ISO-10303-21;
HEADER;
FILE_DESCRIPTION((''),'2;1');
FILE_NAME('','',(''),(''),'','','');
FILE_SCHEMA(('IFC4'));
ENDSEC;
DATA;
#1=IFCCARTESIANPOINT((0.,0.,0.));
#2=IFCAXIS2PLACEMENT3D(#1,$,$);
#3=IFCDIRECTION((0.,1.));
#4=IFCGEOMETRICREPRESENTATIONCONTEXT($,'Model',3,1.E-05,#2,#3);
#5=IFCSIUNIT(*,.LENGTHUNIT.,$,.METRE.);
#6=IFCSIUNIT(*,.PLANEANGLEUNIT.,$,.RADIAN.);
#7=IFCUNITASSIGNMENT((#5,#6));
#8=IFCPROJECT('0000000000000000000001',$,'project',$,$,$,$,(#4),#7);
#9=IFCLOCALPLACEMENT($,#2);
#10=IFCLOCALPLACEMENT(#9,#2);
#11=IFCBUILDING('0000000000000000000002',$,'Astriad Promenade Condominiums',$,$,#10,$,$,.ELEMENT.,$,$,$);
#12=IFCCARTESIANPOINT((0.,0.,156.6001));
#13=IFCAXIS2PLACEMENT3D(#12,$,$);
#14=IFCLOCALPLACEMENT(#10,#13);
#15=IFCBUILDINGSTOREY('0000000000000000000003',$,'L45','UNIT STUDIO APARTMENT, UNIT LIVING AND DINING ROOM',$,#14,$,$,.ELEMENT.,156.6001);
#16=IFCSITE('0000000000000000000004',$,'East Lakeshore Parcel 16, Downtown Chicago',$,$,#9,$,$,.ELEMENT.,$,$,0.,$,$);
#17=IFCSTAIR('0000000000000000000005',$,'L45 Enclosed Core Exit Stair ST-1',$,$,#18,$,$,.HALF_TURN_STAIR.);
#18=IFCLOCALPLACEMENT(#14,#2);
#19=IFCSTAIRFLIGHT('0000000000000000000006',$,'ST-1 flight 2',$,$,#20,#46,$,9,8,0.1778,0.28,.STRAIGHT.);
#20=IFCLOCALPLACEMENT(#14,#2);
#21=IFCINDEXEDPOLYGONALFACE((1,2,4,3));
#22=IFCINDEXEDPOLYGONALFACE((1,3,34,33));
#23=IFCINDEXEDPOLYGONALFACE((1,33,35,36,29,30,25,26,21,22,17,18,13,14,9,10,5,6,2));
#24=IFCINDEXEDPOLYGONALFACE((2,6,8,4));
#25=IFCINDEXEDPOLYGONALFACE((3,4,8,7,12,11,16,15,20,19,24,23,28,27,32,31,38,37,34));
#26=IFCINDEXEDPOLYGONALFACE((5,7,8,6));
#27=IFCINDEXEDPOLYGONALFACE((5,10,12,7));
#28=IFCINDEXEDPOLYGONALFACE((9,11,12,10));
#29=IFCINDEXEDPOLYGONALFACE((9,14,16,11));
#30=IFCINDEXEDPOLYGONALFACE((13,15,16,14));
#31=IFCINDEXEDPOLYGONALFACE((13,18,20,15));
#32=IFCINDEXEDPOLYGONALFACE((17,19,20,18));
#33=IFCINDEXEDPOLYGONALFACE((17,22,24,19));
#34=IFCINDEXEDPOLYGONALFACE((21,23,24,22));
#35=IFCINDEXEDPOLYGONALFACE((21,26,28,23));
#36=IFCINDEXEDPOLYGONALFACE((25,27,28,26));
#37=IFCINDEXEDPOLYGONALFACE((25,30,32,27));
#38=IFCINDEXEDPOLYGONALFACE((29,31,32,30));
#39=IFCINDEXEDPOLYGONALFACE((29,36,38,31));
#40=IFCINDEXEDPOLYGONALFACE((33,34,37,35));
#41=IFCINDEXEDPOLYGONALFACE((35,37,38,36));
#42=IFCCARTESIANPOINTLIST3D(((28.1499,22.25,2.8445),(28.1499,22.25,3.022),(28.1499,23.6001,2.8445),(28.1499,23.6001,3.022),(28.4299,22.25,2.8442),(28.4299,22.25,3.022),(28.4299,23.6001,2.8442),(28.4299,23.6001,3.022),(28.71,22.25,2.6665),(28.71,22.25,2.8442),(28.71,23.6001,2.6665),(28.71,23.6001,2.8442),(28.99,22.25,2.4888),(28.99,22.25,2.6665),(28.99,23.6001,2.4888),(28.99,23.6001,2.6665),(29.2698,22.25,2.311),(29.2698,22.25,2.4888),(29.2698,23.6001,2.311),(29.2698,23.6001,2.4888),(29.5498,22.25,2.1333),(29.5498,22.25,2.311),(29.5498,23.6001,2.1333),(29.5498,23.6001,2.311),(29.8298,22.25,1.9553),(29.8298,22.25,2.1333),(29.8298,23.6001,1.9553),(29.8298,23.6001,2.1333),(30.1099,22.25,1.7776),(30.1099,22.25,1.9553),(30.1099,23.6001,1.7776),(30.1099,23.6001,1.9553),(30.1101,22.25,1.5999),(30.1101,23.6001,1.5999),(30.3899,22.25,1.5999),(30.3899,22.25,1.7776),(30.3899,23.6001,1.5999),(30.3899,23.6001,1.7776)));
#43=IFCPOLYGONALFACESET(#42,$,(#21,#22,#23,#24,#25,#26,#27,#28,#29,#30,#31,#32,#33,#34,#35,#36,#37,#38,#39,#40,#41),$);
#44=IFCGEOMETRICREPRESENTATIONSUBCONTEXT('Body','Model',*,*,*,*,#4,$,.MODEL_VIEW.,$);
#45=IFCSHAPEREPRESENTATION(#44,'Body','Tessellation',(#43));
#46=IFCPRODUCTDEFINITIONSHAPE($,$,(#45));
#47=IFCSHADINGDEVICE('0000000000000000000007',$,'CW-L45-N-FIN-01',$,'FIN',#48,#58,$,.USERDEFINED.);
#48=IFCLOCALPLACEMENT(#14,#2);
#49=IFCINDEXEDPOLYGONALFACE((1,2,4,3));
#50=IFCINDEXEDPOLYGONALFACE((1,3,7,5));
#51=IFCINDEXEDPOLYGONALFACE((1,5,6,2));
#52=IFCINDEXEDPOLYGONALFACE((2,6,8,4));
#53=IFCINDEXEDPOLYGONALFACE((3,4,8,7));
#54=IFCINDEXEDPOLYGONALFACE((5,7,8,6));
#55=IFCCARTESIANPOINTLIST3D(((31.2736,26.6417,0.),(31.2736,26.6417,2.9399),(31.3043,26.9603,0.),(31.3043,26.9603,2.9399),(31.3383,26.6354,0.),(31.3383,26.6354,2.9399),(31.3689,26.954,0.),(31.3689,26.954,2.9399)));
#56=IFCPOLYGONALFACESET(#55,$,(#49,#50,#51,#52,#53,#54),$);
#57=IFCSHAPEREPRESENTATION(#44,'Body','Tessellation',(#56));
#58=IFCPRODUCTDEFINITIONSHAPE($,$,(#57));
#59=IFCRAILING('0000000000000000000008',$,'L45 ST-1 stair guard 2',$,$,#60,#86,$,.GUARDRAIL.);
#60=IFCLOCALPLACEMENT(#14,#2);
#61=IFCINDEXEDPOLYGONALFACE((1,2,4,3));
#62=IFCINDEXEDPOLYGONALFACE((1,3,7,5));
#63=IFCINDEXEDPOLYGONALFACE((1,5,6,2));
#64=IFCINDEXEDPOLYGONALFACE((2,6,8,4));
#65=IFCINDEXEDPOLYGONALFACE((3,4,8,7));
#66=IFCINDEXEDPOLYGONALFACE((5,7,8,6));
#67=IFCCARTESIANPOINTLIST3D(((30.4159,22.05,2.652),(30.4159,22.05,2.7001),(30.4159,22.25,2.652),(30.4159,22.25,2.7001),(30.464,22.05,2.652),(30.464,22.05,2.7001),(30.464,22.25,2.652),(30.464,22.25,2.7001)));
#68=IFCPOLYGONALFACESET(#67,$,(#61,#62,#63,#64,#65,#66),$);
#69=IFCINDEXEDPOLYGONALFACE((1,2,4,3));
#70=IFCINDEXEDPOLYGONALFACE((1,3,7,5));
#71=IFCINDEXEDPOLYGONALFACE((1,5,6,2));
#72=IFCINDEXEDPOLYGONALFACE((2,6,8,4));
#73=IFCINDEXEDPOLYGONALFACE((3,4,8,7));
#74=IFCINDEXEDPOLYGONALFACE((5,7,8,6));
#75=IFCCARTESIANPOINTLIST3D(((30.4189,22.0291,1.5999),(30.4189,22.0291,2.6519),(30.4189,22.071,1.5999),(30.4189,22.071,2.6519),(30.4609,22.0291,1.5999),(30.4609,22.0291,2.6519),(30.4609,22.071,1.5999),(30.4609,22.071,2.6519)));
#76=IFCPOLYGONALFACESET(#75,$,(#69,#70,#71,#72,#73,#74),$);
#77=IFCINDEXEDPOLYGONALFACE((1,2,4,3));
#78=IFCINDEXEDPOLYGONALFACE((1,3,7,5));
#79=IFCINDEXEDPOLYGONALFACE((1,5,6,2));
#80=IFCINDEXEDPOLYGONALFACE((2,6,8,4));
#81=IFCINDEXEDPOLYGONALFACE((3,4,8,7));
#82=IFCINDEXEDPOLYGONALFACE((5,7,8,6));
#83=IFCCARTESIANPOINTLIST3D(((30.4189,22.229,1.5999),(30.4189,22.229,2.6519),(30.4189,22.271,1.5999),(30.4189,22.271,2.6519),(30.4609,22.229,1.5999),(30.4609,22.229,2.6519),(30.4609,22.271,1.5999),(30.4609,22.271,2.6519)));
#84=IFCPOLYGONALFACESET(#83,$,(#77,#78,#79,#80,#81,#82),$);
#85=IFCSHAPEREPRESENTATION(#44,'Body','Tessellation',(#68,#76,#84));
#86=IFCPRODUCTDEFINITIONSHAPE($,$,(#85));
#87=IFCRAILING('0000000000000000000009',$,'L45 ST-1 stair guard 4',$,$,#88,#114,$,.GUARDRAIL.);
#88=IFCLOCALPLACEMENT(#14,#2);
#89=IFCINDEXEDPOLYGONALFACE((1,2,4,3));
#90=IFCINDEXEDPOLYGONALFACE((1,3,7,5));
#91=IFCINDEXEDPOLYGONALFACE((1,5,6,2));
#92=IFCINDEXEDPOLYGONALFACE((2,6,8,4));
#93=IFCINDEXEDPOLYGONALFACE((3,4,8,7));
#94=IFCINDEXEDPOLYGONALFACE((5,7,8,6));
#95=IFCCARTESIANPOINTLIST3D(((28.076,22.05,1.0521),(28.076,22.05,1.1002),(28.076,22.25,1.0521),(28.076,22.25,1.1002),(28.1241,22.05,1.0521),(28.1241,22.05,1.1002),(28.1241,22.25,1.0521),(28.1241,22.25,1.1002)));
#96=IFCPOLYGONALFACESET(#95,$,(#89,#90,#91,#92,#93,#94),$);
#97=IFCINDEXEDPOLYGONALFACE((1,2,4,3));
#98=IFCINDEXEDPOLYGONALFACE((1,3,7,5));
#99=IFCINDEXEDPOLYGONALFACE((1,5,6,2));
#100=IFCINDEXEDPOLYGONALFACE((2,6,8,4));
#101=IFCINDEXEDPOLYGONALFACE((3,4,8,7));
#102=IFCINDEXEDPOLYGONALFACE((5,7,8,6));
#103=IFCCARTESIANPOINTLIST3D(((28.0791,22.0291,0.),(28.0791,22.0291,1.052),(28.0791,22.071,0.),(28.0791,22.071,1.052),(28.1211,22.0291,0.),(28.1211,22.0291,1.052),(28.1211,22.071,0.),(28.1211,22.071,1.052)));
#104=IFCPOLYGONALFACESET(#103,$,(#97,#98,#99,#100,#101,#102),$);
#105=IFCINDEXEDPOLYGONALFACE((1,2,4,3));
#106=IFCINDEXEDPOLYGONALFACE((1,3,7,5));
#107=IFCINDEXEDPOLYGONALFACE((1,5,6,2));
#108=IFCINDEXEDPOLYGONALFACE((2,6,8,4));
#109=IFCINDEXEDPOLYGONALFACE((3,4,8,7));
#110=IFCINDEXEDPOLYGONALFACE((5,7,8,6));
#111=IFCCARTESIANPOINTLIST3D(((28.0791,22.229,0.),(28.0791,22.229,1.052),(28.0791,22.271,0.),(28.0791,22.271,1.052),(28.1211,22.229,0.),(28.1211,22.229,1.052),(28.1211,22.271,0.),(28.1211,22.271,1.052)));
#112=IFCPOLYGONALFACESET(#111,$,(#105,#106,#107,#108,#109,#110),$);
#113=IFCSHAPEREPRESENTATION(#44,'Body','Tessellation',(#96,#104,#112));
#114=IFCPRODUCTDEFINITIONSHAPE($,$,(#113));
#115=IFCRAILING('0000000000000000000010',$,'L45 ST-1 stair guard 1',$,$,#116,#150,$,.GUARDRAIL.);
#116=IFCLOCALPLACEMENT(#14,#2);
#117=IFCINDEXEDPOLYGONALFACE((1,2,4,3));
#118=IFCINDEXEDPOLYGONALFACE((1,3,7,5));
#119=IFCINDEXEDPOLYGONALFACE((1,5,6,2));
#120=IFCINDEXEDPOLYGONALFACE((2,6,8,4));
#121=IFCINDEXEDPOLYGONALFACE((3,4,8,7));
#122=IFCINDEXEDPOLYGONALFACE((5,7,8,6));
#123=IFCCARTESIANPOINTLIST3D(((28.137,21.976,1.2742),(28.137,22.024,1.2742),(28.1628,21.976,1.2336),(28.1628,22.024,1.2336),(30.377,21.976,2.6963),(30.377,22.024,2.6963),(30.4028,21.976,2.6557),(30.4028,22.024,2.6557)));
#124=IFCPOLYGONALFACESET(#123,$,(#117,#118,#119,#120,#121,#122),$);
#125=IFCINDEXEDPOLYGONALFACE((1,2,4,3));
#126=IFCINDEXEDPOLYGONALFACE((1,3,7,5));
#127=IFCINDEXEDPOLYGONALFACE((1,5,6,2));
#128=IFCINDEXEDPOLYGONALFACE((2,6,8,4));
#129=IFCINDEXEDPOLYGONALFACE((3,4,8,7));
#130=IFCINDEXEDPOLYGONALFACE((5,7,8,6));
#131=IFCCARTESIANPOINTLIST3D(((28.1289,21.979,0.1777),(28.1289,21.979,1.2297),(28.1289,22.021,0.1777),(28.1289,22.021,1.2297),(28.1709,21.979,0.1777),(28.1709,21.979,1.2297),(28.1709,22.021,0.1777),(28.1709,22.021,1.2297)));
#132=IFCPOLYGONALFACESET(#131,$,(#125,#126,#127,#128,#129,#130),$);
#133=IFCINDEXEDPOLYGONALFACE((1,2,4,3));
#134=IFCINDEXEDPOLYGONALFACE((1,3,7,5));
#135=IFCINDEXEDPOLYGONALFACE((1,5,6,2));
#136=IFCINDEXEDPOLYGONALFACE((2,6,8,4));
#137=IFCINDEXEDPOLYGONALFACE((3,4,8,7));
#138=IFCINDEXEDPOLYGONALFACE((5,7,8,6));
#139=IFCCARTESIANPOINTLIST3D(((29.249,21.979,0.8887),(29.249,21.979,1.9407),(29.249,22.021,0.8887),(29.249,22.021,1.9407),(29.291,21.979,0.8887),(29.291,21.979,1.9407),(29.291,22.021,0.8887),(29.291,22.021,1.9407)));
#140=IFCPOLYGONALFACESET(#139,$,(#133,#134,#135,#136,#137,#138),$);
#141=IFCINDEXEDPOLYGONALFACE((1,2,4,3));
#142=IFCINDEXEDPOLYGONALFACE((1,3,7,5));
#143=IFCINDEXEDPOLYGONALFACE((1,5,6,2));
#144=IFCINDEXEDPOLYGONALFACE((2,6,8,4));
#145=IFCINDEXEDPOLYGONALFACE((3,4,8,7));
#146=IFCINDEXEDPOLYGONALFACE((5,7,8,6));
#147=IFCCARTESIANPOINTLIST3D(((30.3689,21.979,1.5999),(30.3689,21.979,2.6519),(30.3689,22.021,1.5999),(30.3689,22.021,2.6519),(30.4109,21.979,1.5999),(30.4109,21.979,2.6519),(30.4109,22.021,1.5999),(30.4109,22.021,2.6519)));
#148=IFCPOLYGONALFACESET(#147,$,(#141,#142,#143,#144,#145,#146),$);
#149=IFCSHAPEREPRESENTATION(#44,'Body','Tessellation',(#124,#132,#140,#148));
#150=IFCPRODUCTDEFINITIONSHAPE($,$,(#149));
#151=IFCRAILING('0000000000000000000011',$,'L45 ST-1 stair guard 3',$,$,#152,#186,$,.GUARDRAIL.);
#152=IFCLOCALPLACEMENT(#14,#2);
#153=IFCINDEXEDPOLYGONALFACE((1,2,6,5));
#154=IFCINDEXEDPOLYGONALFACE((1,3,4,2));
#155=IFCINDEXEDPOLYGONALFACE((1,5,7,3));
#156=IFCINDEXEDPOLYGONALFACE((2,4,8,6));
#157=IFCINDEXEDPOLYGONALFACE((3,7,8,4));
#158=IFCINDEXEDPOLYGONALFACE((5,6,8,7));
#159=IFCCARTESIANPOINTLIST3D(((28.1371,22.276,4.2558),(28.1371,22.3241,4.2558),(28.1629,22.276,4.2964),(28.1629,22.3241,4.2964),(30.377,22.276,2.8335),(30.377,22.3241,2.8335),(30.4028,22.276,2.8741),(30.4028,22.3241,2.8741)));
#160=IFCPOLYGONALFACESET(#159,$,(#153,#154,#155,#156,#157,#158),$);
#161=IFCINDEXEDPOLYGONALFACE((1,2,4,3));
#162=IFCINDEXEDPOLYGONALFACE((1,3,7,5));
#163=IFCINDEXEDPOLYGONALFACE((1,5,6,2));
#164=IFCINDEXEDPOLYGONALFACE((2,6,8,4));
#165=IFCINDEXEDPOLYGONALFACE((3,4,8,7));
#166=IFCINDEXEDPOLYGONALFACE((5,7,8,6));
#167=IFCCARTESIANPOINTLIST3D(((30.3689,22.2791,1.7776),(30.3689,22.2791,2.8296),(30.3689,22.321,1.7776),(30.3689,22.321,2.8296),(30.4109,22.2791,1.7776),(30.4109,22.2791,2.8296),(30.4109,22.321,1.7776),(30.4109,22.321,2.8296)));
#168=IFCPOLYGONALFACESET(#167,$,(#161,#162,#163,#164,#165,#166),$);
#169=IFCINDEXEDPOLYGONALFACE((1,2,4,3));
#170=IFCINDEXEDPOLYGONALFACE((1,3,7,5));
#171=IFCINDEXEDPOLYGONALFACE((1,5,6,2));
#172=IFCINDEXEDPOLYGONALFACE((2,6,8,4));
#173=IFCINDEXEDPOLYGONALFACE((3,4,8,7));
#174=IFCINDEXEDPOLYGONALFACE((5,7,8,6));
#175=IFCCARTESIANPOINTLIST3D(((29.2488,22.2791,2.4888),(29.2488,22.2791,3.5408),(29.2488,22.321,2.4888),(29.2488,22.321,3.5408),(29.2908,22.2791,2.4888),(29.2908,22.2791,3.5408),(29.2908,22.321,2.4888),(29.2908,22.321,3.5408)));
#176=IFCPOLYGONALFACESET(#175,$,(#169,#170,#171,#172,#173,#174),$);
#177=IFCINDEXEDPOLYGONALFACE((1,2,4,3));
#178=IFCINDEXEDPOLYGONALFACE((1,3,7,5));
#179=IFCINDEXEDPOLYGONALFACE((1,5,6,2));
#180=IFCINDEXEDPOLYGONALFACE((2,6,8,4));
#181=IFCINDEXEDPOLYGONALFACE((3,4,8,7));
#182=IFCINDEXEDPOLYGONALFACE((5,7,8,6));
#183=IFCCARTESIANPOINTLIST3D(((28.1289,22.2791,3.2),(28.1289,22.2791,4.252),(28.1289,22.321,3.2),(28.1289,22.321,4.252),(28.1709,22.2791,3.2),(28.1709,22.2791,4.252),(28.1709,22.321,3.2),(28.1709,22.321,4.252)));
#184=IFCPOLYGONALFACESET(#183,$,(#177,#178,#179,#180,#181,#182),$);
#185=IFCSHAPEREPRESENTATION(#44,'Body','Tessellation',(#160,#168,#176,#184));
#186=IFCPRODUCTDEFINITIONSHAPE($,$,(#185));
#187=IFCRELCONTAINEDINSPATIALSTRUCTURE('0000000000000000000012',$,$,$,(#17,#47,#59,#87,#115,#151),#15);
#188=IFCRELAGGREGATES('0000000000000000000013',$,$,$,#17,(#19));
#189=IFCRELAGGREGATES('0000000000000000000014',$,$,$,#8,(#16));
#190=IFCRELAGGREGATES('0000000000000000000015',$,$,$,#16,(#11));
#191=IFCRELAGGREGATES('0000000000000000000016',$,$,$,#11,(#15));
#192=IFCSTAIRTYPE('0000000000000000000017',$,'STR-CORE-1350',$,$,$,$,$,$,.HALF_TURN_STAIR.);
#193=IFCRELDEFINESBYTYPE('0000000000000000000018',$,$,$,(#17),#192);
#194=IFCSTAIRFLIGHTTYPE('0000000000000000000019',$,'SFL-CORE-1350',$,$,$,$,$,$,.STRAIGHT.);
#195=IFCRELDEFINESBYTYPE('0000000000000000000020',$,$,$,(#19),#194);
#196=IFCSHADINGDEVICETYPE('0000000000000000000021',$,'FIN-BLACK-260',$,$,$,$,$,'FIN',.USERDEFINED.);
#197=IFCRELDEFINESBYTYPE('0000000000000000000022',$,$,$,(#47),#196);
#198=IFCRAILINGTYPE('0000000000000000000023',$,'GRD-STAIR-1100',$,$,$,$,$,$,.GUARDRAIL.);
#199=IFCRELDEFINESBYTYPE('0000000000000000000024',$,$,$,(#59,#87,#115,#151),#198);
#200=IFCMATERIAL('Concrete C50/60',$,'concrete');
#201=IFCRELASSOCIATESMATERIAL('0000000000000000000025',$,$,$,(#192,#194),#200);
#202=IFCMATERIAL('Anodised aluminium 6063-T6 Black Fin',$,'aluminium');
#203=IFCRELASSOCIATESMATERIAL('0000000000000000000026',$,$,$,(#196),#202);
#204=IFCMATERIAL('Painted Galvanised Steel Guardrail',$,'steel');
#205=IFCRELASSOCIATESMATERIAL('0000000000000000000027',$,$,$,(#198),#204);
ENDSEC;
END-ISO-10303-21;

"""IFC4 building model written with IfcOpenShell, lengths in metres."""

from ifc_helpers import new_model, si_unit, direction, frame, origin, origin_2d, place, context, subcontext, project, spatial, polyline, rectangle, outline, extrude, source, transform, mapped, material, type_object, type_shapes, element, aggregate, save


model = new_model("IFC4")

# Units and contexts
model_context = context("Model", 3, precision=1e-05, world=origin(), true_north=direction((0.0, 1.0)))
body_context = subcontext(model_context, "Body", "Model", "MODEL_VIEW")
ifc_project = project(units=[si_unit("LENGTHUNIT", "METRE"), si_unit("PLANEANGLEUNIT", "RADIAN")], contexts=[model_context])

# Site, building, storey
site_placement = place(None, origin())
site = spatial("IfcSite", under=ifc_project, at=site_placement, Name="East Lakeshore Parcel 16, Downtown Chicago", CompositionType="ELEMENT", RefElevation=0.0)
building_placement = place(site_placement, origin())
building = spatial("IfcBuilding", under=site, at=building_placement, Name="Astriad Promenade Condominiums", CompositionType="ELEMENT")
storey_placement = place(building_placement, frame((0.0, 0.0, 156.6001)))
storey = spatial("IfcBuildingStorey", under=building, at=storey_placement, Name="L45", Description="UNIT STUDIO APARTMENT, UNIT LIVING AND DINING ROOM", CompositionType="ELEMENT", Elevation=156.6001)

# Shared definitions
ifc_material_1 = material(Name="Concrete C50/60", Category="concrete")

# Stair, stair flight
stair_type = type_object("IfcStairType", Name="STR-CORE-1350", PredefinedType="HALF_TURN_STAIR", material=ifc_material_1)
stair_placement = place(storey_placement, origin())
stair = element("IfcStair", 1, at=stair_placement, inside=storey, type_object=stair_type, Name="L45 Enclosed Core Exit Stair ST-1", PredefinedType="HALF_TURN_STAIR")
stair_flight_type = type_object("IfcStairFlightType", Name="SFL-CORE-1350", PredefinedType="STRAIGHT", material=ifc_material_1)
shared_shape_1 = source(origin(), body_context, "Body", "SweptSolid", [
    extrude(outline(polyline([(0.0, 0.0), (0.0, 0.1777), (0.28, 0.1777), (0.28, 0.3555), (0.5601, 0.3555), (0.5601, 0.5334), (0.8401, 0.5334), (0.8401, 0.7112), (1.1201, 0.7112), (1.1201, 0.8889), (1.3999, 0.8889), (1.3999, 1.0667), (1.6799, 1.0667), (1.6799, 1.2444), (1.96, 1.2444), (1.96, 1.4221), (2.24, 1.4221), (2.24, 1.6001), (2.24, 1.2446), (0.2798, 0.0), (0.0, 0.0)])), frame((0.0, 0.675, 0.0), z_axis=(0.0, -1.0, 0.0), x_axis=(1.0, 0.0, 0.0)), (0.0, 0.0, 1.0), 1.3501),
])
type_shapes(stair_flight_type, [shared_shape_1])
stair_flight_1_placement = place(storey_placement, frame((30.3899, 22.925, 1.5999), z_axis=(0.0, 0.0, 1.0), x_axis=(-1.0, 0.0, 0.0)))
stair_flight_1 = element("IfcStairFlight", 2, at=stair_flight_1_placement, type_object=stair_flight_type, Name="ST-1 flight 2", NumberOfRisers=9, NumberOfTreads=8, PredefinedType="STRAIGHT", RiserHeight=0.1778, TreadLength=0.28, context=body_context, shape_type="MappedRepresentation", body=[
    mapped(shared_shape_1, transform((0.0, 0.0, 0.0), scale=1.0)),
])
aggregate(stair, [stair_flight_1])

# Shading device
ifc_material_2 = material(Name="Anodised aluminium 6063-T6 Black Fin", Category="aluminium")
shading_device_type = type_object("IfcShadingDeviceType", Name="FIN-BLACK-260", ElementType="FIN", PredefinedType="USERDEFINED", material=ifc_material_2)
shared_shape_2 = source(origin(), body_context, "Body", "SweptSolid", [
    extrude(rectangle(XDim=0.0649, YDim=0.3201, at=origin_2d()), origin(), (0.0, 0.0, 1.0), 2.9399),
])
type_shapes(shading_device_type, [shared_shape_2])
shading_device_placement = place(storey_placement, frame((31.3213, 26.7979, 0.0), z_axis=(0.0, 0.0, 1.0), x_axis=(0.995396, -0.095846, 0.0)))
element("IfcShadingDevice", 3, at=shading_device_placement, inside=storey, type_object=shading_device_type, Name="CW-L45-N-FIN-01", ObjectType="FIN", PredefinedType="USERDEFINED", context=body_context, shape_type="MappedRepresentation", body=[
    mapped(shared_shape_2, transform((0.0, 0.0, 0.0), scale=1.0)),
])

# Railings
ifc_material_3 = material(Name="Painted Galvanised Steel Guardrail", Category="steel")
railing_type_1 = type_object("IfcRailingType", Name="GRD-STAIR-1100", PredefinedType="GUARDRAIL", material=ifc_material_3)
shared_shape_3 = source(origin(), body_context, "Body", "SweptSolid", [
    extrude(rectangle(XDim=0.0481, YDim=0.0481, at=origin_2d()), frame((0.0, 0.0, 1.0762), z_axis=(0.0, 1.0, 0.0), x_axis=(-1.0, 0.0, 0.0)), (0.0, 0.0, 1.0), 0.2),
    extrude(rectangle(XDim=0.042, YDim=0.042, at=origin_2d()), origin(), (0.0, 0.0, 1.0), 1.052),
    extrude(rectangle(XDim=0.042, YDim=0.042, at=origin_2d()), frame((0.0, 0.2, 0.0)), (0.0, 0.0, 1.0), 1.052),
])
for number, where, name in (
    (4, (30.4399, 22.05, 1.5999), "L45 ST-1 stair guard 2"),
    (5, (28.1001, 22.05, 0.0), "L45 ST-1 stair guard 4"),
):
    element("IfcRailing", number, at=place(storey_placement, frame(where)), inside=storey, type_object=railing_type_1, Name=name, PredefinedType="GUARDRAIL", context=body_context, shape_type="MappedRepresentation", body=[
        mapped(shared_shape_3, transform((0.0, 0.0, 0.0), scale=1.0)),
    ])
shared_shape_4 = source(origin(), body_context, "Body", "SweptSolid", [
    extrude(rectangle(XDim=0.0481, YDim=0.0481, at=origin_2d()), frame((0.0, 0.0, 1.0762), z_axis=(0.844229, 0.0, 0.535982), x_axis=(0.0, 1.0, 0.0)), (0.0, 0.0, 1.0), 2.6533),
    extrude(rectangle(XDim=0.042, YDim=0.042, at=origin_2d()), origin(), (0.0, 0.0, 1.0), 1.052),
    extrude(rectangle(XDim=0.042, YDim=0.042, at=origin_2d()), frame((1.1201, 0.0, 0.7109)), (0.0, 0.0, 1.0), 1.052),
    extrude(rectangle(XDim=0.042, YDim=0.042, at=origin_2d()), frame((2.24, 0.0, 1.4221)), (0.0, 0.0, 1.0), 1.052),
])
railing_1_placement = place(storey_placement, frame((28.1499, 22.0, 0.1777)))
element("IfcRailing", 6, at=railing_1_placement, inside=storey, type_object=railing_type_1, Name="L45 ST-1 stair guard 1", PredefinedType="GUARDRAIL", context=body_context, shape_type="MappedRepresentation", body=[
    mapped(shared_shape_4, transform((0.0, 0.0, 0.0), scale=1.0)),
])
shared_shape_5 = source(origin(), body_context, "Body", "SweptSolid", [
    extrude(rectangle(XDim=0.0481, YDim=0.0481, at=origin_2d()), frame((0.0, 0.0, 1.0762), z_axis=(-0.844188, 0.0, 0.536048), x_axis=(0.0, -1.0, 0.0)), (0.0, 0.0, 1.0), 2.6533),
    extrude(rectangle(XDim=0.042, YDim=0.042, at=origin_2d()), origin(), (0.0, 0.0, 1.0), 1.052),
    extrude(rectangle(XDim=0.042, YDim=0.042, at=origin_2d()), frame((-1.1201, 0.0, 0.7112)), (0.0, 0.0, 1.0), 1.052),
    extrude(rectangle(XDim=0.042, YDim=0.042, at=origin_2d()), frame((-2.24, 0.0, 1.4224)), (0.0, 0.0, 1.0), 1.052),
])
type_shapes(railing_type_1, [shared_shape_3, shared_shape_4, shared_shape_5])
railing_2_placement = place(storey_placement, frame((30.3899, 22.3, 1.7776)))
element("IfcRailing", 7, at=railing_2_placement, inside=storey, type_object=railing_type_1, Name="L45 ST-1 stair guard 3", PredefinedType="GUARDRAIL", context=body_context, shape_type="MappedRepresentation", body=[
    mapped(shared_shape_5, transform((0.0, 0.0, 0.0), scale=1.0)),
])

save(model, "model.ifc")
